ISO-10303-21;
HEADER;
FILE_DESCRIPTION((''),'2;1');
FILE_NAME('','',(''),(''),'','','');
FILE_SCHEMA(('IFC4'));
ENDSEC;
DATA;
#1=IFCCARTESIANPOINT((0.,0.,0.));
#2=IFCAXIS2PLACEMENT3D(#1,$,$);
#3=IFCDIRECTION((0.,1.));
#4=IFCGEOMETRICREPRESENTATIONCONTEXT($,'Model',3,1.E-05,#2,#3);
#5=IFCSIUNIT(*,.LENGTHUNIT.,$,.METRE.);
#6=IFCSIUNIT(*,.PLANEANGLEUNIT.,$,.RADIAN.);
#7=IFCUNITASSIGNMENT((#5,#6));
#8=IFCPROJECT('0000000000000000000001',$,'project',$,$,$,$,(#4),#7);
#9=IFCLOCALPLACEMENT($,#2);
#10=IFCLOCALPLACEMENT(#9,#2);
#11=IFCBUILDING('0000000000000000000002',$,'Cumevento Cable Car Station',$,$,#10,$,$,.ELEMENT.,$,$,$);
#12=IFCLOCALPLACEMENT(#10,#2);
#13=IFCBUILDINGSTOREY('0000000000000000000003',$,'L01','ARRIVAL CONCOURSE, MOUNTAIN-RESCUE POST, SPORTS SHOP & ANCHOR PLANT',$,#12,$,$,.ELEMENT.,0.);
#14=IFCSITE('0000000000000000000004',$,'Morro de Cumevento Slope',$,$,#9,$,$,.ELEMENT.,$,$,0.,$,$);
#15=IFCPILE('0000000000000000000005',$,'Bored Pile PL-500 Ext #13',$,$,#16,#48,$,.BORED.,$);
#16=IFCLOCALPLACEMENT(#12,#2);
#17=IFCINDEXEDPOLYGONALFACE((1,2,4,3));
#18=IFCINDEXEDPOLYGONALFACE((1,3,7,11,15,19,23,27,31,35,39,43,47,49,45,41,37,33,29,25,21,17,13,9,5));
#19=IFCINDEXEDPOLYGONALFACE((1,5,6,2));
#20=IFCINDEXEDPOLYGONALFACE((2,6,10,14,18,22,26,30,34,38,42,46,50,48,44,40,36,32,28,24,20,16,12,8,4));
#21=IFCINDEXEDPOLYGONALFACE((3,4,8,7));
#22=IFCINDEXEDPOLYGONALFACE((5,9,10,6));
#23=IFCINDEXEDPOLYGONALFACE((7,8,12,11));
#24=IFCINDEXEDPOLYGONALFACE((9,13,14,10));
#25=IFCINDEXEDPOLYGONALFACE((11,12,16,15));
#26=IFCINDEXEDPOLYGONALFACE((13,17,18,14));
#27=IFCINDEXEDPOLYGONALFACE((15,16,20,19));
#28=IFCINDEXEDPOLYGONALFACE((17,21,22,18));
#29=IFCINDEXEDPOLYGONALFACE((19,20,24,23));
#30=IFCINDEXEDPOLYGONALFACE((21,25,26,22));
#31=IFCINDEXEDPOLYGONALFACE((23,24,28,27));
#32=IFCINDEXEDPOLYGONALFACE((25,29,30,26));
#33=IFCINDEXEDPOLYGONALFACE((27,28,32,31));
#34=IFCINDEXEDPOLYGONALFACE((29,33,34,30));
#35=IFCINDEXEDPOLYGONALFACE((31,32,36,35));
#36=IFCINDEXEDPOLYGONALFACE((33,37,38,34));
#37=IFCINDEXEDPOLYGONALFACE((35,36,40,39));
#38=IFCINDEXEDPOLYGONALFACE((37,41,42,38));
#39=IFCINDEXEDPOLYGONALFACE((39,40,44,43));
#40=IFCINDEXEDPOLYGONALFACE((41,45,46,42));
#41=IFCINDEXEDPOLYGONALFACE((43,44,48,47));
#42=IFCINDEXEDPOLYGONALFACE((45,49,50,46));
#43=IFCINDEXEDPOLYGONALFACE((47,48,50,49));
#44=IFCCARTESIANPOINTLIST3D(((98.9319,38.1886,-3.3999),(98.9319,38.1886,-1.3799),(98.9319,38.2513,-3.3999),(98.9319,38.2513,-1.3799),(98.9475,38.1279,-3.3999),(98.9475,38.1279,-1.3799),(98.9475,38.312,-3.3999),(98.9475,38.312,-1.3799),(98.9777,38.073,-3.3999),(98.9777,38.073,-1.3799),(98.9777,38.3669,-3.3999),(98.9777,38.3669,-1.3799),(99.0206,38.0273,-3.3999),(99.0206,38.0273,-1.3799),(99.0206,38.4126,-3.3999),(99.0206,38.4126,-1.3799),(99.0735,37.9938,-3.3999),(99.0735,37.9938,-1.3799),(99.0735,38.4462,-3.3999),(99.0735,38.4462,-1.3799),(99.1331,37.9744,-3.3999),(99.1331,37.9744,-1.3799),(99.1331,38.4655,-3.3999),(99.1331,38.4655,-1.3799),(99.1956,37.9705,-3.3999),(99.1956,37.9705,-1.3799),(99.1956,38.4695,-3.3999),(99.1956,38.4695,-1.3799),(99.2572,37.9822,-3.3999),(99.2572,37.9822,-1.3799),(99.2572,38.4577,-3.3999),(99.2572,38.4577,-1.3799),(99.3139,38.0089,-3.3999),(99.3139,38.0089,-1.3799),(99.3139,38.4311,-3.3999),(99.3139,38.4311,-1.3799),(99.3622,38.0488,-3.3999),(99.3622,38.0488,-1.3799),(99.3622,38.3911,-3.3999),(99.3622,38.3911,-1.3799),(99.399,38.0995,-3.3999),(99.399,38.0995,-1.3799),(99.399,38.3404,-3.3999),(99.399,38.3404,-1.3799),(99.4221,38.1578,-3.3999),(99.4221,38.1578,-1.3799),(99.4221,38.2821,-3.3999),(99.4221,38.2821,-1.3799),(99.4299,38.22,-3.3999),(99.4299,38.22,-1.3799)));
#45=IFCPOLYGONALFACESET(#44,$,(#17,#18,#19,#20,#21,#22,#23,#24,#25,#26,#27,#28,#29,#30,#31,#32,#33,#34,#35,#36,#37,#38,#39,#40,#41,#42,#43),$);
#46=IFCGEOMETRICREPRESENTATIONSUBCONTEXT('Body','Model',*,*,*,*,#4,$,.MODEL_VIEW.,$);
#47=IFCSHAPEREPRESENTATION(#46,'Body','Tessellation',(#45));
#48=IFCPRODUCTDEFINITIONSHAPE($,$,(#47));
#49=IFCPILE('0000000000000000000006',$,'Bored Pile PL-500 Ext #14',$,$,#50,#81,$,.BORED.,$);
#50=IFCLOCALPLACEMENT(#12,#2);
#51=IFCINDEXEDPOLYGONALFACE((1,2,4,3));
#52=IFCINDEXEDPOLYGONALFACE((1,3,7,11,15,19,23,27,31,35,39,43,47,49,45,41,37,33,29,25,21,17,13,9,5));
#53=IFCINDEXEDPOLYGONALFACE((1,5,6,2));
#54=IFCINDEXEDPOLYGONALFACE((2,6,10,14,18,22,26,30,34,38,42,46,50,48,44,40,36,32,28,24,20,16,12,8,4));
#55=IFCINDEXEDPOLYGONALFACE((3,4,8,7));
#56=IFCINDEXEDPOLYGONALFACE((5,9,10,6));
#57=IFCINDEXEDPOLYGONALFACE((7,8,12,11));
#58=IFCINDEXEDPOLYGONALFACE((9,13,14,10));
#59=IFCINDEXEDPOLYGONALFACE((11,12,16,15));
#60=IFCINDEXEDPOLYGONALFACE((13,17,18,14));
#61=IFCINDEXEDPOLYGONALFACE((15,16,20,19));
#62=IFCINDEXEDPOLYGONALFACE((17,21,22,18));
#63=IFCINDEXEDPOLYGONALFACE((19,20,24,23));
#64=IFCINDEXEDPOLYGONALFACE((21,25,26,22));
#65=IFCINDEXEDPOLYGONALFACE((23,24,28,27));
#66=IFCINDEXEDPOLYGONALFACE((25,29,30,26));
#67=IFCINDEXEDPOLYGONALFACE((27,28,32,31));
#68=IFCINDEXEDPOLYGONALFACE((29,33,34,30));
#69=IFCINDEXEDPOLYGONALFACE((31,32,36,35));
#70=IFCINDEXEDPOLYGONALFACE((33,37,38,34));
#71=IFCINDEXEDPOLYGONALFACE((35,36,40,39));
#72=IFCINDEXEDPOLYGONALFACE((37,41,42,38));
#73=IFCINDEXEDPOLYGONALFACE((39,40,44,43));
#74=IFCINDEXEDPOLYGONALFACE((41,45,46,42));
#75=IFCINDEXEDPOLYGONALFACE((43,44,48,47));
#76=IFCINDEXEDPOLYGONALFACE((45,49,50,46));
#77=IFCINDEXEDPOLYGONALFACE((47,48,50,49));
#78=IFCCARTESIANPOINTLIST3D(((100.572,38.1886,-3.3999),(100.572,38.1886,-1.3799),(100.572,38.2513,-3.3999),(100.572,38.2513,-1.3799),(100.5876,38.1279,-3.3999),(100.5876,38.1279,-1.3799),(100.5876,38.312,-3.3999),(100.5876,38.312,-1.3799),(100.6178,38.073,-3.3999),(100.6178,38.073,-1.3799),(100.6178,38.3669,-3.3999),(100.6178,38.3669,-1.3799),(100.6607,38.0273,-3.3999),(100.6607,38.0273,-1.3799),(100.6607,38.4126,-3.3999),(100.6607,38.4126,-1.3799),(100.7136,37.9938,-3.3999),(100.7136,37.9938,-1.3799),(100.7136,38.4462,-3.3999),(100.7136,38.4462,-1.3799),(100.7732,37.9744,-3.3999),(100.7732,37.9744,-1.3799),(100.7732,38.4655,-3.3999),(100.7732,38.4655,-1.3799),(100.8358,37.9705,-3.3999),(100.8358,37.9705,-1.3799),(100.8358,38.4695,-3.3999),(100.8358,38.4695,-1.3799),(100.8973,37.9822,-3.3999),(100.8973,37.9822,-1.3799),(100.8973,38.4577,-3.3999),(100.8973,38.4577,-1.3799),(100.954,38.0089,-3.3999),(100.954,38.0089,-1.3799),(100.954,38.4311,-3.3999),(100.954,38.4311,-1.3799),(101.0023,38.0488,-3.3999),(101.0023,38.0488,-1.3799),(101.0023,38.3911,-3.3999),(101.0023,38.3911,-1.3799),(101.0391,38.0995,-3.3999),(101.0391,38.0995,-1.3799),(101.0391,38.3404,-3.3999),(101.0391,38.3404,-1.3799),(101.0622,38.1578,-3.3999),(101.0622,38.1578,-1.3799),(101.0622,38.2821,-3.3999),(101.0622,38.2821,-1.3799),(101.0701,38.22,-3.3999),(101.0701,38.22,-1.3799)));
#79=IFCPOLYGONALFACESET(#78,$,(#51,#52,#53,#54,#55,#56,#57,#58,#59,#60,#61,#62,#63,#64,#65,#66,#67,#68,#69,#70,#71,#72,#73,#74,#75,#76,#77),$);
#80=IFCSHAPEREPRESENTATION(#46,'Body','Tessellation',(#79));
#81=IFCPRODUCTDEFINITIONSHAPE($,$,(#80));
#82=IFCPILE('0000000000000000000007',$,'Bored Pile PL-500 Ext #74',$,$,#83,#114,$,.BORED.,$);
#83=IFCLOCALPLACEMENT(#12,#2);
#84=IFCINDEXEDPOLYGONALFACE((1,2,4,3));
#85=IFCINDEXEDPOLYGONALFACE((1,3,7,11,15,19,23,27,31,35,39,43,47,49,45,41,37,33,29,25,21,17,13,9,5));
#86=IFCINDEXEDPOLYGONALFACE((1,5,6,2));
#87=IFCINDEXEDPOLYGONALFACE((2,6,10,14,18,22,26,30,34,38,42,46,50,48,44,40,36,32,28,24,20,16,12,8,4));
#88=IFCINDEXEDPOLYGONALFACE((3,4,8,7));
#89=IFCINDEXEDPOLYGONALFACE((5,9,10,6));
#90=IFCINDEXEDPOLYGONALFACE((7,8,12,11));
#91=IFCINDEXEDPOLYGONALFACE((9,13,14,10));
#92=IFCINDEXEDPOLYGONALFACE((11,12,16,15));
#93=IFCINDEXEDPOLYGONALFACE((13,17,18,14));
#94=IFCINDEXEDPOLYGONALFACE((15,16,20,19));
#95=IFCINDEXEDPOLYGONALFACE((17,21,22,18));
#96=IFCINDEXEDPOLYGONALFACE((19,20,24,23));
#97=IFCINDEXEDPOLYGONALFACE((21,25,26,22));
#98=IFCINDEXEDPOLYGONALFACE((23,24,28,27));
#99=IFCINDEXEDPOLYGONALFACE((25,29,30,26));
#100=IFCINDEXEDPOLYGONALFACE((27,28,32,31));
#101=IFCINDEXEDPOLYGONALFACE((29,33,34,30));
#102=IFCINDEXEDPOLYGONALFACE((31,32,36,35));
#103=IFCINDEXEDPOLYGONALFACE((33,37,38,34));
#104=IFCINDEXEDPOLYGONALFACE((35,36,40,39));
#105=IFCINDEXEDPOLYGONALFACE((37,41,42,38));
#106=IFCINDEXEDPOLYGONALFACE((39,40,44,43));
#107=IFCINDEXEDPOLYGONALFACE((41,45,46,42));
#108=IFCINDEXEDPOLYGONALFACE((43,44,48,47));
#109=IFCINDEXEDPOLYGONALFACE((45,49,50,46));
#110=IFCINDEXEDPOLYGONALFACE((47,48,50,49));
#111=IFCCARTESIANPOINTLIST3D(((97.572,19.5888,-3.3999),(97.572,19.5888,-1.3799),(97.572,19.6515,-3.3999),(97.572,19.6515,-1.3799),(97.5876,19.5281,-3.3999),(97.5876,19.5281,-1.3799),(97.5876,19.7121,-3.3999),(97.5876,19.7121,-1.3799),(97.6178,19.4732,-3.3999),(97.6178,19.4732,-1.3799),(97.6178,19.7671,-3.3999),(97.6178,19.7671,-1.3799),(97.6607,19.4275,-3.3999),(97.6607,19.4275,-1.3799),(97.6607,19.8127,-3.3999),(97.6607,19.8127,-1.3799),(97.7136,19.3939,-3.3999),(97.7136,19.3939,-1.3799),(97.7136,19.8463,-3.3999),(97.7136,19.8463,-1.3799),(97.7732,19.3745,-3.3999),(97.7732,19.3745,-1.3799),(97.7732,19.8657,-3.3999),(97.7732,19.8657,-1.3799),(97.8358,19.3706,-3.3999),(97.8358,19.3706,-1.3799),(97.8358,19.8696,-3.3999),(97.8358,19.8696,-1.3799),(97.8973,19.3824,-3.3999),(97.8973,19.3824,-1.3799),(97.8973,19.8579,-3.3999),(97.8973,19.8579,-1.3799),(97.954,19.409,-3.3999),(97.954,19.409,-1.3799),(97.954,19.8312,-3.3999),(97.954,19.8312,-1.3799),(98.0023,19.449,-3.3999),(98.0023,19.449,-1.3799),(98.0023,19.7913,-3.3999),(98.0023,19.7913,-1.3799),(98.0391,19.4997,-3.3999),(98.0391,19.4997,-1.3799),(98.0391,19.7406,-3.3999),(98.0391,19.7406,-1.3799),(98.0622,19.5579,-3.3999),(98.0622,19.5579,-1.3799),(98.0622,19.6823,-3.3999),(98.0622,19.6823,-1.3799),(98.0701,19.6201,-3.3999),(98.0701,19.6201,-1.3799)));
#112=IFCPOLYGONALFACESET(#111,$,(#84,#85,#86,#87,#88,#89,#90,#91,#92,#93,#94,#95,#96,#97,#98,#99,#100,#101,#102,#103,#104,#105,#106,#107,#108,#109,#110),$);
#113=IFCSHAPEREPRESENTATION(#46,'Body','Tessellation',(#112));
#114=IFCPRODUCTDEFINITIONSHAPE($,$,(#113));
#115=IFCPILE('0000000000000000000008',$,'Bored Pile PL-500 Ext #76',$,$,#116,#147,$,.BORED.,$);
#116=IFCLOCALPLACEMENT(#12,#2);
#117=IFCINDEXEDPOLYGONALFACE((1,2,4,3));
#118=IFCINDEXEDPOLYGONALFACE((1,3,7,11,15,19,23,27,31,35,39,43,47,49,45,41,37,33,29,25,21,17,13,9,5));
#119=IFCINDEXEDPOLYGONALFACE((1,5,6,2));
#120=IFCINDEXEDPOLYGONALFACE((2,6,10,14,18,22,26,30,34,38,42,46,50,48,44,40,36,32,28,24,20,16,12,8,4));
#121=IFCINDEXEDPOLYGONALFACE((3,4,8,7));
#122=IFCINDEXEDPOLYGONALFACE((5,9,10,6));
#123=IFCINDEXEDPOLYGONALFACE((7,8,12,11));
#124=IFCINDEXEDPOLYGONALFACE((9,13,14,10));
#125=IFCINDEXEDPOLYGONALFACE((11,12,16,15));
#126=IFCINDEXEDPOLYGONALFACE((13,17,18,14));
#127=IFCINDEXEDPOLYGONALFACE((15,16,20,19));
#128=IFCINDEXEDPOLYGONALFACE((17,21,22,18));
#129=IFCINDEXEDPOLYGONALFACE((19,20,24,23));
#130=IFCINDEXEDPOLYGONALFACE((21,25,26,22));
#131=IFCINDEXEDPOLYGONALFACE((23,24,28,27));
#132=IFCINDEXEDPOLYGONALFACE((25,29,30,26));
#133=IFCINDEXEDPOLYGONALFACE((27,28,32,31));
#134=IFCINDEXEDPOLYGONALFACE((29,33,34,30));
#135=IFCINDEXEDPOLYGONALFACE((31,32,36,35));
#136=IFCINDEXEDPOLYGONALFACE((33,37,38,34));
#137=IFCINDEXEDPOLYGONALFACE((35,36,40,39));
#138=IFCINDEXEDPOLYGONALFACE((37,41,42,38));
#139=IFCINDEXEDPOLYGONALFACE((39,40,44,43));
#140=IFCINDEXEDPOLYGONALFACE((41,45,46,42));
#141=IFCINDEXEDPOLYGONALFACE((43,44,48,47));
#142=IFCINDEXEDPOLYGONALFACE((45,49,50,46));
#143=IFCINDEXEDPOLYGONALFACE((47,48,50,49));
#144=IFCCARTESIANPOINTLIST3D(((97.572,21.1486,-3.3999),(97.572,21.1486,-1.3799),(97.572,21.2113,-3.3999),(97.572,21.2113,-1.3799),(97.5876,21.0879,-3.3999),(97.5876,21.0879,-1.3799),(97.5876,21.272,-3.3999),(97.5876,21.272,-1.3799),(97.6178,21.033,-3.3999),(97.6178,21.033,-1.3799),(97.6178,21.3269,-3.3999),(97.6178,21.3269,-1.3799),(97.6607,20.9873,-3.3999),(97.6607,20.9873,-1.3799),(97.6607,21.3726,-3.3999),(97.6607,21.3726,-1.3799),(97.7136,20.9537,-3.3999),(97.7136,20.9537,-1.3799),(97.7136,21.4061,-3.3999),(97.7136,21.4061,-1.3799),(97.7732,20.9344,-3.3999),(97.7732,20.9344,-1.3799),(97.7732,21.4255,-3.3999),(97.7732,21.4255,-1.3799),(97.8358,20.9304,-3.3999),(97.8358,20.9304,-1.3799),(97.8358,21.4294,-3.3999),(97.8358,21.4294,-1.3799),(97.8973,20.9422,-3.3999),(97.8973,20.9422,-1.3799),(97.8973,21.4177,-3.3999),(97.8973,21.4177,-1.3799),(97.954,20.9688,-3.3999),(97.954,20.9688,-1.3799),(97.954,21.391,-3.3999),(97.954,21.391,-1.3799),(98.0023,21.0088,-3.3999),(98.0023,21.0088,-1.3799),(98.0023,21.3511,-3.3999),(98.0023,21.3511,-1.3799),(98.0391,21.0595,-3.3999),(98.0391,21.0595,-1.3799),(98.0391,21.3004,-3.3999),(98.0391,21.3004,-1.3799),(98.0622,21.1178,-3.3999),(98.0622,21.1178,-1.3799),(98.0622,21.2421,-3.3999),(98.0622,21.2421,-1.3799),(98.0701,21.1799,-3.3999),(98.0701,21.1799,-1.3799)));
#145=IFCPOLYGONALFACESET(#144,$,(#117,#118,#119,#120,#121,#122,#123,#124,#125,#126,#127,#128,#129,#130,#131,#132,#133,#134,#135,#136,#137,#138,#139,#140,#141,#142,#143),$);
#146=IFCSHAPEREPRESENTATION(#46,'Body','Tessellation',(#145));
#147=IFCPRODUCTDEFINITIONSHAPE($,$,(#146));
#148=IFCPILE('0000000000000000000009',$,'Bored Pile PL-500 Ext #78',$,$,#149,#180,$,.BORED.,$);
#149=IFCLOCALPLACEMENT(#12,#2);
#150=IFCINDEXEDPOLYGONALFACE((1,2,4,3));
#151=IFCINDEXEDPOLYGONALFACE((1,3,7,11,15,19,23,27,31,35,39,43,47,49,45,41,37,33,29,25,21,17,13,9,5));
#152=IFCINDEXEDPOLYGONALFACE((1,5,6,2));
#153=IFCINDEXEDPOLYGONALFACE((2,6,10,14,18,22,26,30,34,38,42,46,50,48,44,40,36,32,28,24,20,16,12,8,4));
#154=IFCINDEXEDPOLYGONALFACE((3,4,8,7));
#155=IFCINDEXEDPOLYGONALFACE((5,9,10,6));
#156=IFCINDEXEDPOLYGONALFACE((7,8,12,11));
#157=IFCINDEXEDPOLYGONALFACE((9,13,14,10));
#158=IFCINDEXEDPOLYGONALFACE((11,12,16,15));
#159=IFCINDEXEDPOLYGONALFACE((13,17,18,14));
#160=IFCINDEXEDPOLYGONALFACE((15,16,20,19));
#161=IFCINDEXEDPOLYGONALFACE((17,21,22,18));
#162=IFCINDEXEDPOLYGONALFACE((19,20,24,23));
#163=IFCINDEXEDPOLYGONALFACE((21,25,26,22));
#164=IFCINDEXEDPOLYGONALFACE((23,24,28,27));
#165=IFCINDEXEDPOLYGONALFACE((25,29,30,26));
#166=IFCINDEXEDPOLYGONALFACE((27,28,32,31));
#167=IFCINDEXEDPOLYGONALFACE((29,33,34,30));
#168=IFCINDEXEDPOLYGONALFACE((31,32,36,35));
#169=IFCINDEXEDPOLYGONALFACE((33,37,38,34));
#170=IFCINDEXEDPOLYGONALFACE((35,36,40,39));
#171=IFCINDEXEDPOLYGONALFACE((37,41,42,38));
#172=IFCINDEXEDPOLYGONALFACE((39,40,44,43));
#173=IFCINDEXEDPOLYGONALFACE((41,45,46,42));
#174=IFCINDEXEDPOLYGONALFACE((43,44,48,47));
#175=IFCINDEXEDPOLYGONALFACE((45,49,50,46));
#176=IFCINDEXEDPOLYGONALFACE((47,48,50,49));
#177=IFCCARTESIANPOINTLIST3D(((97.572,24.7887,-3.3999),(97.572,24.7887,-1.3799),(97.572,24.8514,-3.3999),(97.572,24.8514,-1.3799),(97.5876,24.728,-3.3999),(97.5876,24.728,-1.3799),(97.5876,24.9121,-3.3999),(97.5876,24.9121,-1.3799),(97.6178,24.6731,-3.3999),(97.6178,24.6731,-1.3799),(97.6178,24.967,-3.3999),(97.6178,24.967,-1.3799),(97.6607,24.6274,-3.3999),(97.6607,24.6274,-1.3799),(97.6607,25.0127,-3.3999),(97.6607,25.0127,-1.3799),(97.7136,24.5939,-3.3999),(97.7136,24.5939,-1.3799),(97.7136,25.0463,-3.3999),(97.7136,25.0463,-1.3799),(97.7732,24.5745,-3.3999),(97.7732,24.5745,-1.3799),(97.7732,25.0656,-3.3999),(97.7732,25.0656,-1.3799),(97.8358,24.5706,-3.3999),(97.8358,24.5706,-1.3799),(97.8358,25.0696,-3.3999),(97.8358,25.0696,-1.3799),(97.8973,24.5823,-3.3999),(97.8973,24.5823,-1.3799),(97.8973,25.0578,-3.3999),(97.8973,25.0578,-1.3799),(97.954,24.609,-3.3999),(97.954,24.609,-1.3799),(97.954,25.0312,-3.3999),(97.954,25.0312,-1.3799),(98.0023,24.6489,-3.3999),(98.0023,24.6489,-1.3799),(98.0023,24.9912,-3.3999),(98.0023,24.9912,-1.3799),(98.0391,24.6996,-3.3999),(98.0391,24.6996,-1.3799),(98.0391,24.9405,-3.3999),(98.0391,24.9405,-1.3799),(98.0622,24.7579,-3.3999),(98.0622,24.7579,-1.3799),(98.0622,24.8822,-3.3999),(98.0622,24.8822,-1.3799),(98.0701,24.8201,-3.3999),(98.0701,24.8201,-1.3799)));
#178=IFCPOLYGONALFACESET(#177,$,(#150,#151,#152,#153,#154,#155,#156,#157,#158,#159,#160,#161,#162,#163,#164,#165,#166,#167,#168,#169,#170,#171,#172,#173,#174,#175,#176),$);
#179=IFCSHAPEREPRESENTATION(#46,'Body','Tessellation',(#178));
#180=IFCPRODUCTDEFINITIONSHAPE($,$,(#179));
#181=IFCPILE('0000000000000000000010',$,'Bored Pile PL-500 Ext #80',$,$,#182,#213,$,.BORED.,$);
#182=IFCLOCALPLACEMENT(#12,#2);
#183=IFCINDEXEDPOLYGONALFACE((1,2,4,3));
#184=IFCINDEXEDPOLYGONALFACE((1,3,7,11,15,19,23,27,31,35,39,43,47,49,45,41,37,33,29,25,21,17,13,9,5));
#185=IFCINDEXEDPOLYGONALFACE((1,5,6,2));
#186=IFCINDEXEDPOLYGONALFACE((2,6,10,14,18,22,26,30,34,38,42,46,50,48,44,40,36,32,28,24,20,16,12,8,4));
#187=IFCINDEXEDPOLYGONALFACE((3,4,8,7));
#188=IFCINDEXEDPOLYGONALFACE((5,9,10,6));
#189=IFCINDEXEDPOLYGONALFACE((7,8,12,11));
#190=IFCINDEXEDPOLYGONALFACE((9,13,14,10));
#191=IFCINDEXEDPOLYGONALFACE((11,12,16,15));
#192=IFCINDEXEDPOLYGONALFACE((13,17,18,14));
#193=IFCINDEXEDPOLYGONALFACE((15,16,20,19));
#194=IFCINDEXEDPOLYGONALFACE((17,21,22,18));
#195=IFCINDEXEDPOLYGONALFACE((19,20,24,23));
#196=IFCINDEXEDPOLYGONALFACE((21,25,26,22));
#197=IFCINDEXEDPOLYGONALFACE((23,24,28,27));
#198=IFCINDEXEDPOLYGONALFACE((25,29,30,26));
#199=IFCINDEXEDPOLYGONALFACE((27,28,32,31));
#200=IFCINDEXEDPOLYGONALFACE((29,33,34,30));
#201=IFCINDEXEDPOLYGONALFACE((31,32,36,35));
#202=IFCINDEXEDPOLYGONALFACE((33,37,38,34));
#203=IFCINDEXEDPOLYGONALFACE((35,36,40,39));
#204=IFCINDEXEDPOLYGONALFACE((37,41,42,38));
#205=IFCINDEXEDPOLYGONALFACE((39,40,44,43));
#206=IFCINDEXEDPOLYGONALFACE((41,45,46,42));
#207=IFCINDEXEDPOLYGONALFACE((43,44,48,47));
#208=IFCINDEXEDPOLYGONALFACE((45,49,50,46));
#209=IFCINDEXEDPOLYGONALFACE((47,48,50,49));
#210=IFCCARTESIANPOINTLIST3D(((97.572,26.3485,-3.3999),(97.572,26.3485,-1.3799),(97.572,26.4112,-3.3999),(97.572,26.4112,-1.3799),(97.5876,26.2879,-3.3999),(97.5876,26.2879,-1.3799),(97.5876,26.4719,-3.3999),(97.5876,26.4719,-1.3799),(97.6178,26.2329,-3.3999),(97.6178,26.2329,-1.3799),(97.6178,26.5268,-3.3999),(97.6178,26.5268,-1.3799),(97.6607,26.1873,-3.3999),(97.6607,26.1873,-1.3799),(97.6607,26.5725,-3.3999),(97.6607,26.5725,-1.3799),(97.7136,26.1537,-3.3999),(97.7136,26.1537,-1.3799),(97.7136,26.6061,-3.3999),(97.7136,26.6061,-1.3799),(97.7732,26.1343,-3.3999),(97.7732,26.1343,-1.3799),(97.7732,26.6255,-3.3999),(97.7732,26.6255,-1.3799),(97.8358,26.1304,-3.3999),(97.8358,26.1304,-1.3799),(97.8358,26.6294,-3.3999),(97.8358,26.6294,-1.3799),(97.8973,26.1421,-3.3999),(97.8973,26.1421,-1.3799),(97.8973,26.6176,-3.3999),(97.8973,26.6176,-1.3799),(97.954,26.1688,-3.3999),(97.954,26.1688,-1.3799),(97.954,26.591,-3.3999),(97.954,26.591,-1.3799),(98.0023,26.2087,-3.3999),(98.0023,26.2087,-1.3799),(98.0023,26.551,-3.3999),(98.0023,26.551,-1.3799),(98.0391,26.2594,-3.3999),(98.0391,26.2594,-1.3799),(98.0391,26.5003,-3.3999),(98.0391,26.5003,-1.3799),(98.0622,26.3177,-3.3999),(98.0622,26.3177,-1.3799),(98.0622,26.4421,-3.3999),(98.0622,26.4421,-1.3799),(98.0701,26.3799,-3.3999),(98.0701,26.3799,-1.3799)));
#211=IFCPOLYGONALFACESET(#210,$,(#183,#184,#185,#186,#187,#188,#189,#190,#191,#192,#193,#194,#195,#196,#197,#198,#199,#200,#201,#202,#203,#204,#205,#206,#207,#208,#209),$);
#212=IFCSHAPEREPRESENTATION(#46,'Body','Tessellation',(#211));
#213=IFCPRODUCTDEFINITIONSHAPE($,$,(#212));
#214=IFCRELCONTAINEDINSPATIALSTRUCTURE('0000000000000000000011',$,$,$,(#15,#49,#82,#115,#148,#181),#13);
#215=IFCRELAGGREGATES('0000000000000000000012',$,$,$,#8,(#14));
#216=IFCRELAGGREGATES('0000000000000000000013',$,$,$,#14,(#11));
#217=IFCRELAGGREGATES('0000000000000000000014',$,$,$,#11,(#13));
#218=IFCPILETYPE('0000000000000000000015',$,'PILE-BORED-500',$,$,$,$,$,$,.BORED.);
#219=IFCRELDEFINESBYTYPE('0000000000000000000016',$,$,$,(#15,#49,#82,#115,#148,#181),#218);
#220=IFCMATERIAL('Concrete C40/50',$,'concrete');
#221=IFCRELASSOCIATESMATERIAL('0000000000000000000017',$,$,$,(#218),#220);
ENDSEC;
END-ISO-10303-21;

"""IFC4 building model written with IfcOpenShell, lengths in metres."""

from ifc_helpers import new_model, si_unit, direction, frame, origin, origin_2d, place, context, subcontext, project, spatial, circle, extrude, material, material_profile, profile_set, type_object, element, save


model = new_model("IFC4")

# Units and contexts
model_context = context("Model", 3, precision=1e-05, world=origin(), true_north=direction((0.0, 1.0)))
body_context = subcontext(model_context, "Body", "Model", "MODEL_VIEW")
ifc_project = project(units=[si_unit("LENGTHUNIT", "METRE"), si_unit("PLANEANGLEUNIT", "RADIAN")], contexts=[model_context])

# Site, building, storey
site_placement = place(None, origin())
site = spatial("IfcSite", under=ifc_project, at=site_placement, Name="Morro de Cumevento Slope", CompositionType="ELEMENT", RefElevation=0.0)
building_placement = place(site_placement, origin())
building = spatial("IfcBuilding", under=site, at=building_placement, Name="Cumevento Cable Car Station", CompositionType="ELEMENT")
storey_placement = place(building_placement, origin())
storey = spatial("IfcBuildingStorey", under=building, at=storey_placement, Name="L01", Description="ARRIVAL CONCOURSE, MOUNTAIN-RESCUE POST, SPORTS SHOP & ANCHOR PLANT", CompositionType="ELEMENT", Elevation=0.0)

# Piles
ifc_material_1 = material(Name="Concrete C40/50", Category="concrete")
ifc_material_profile_1 = material_profile(ifc_material_1, circle(Radius=0.25, at=origin_2d()), Name="PILE-D500")
ifc_profile_set_1 = profile_set([ifc_material_profile_1], Name="Concrete C40/50")
pile_type = type_object("IfcPileType", Name="PILE-BORED-500", PredefinedType="BORED", material=ifc_profile_set_1)
for number, where, z_axis, x_axis, name in (
    (1, (99.1799, 38.22, -1.3799), (0.0, 0.0, -1.0), (1.0, 0.0, 0.0), "Bored Pile PL-500 Ext #13"),
    (2, (100.8201, 38.22, -1.3799), (0.0, 0.0, -1.0), (1.0, 0.0, 0.0), "Bored Pile PL-500 Ext #14"),
    (3, (97.8201, 19.6201, -1.3799), (0.0, 0.0, -1.0), (1.0, 0.0, 0.0), "Bored Pile PL-500 Ext #74"),
    (4, (97.8201, 21.1799, -1.3799), (0.0, 0.0, -1.0), (1.0, 0.0, 0.0), "Bored Pile PL-500 Ext #76"),
    (5, (97.8201, 24.8201, -1.3799), (0.0, 0.0, -1.0), (1.0, 0.0, 0.0), "Bored Pile PL-500 Ext #78"),
    (6, (97.8201, 26.3799, -1.3799), (0.0, 0.0, -1.0), (1.0, 0.0, 0.0), "Bored Pile PL-500 Ext #80"),
):
    element("IfcPile", number, at=place(storey_placement, frame(where, z_axis=z_axis, x_axis=x_axis)), inside=storey, type_object=pile_type, Name=name, PredefinedType="BORED", context=body_context, shape_type="SweptSolid", body=[
        extrude(circle(Radius=0.25, at=origin_2d()), origin(), (0.0, 0.0, 1.0), 2.02),
    ])

save(model, "model.ifc")
